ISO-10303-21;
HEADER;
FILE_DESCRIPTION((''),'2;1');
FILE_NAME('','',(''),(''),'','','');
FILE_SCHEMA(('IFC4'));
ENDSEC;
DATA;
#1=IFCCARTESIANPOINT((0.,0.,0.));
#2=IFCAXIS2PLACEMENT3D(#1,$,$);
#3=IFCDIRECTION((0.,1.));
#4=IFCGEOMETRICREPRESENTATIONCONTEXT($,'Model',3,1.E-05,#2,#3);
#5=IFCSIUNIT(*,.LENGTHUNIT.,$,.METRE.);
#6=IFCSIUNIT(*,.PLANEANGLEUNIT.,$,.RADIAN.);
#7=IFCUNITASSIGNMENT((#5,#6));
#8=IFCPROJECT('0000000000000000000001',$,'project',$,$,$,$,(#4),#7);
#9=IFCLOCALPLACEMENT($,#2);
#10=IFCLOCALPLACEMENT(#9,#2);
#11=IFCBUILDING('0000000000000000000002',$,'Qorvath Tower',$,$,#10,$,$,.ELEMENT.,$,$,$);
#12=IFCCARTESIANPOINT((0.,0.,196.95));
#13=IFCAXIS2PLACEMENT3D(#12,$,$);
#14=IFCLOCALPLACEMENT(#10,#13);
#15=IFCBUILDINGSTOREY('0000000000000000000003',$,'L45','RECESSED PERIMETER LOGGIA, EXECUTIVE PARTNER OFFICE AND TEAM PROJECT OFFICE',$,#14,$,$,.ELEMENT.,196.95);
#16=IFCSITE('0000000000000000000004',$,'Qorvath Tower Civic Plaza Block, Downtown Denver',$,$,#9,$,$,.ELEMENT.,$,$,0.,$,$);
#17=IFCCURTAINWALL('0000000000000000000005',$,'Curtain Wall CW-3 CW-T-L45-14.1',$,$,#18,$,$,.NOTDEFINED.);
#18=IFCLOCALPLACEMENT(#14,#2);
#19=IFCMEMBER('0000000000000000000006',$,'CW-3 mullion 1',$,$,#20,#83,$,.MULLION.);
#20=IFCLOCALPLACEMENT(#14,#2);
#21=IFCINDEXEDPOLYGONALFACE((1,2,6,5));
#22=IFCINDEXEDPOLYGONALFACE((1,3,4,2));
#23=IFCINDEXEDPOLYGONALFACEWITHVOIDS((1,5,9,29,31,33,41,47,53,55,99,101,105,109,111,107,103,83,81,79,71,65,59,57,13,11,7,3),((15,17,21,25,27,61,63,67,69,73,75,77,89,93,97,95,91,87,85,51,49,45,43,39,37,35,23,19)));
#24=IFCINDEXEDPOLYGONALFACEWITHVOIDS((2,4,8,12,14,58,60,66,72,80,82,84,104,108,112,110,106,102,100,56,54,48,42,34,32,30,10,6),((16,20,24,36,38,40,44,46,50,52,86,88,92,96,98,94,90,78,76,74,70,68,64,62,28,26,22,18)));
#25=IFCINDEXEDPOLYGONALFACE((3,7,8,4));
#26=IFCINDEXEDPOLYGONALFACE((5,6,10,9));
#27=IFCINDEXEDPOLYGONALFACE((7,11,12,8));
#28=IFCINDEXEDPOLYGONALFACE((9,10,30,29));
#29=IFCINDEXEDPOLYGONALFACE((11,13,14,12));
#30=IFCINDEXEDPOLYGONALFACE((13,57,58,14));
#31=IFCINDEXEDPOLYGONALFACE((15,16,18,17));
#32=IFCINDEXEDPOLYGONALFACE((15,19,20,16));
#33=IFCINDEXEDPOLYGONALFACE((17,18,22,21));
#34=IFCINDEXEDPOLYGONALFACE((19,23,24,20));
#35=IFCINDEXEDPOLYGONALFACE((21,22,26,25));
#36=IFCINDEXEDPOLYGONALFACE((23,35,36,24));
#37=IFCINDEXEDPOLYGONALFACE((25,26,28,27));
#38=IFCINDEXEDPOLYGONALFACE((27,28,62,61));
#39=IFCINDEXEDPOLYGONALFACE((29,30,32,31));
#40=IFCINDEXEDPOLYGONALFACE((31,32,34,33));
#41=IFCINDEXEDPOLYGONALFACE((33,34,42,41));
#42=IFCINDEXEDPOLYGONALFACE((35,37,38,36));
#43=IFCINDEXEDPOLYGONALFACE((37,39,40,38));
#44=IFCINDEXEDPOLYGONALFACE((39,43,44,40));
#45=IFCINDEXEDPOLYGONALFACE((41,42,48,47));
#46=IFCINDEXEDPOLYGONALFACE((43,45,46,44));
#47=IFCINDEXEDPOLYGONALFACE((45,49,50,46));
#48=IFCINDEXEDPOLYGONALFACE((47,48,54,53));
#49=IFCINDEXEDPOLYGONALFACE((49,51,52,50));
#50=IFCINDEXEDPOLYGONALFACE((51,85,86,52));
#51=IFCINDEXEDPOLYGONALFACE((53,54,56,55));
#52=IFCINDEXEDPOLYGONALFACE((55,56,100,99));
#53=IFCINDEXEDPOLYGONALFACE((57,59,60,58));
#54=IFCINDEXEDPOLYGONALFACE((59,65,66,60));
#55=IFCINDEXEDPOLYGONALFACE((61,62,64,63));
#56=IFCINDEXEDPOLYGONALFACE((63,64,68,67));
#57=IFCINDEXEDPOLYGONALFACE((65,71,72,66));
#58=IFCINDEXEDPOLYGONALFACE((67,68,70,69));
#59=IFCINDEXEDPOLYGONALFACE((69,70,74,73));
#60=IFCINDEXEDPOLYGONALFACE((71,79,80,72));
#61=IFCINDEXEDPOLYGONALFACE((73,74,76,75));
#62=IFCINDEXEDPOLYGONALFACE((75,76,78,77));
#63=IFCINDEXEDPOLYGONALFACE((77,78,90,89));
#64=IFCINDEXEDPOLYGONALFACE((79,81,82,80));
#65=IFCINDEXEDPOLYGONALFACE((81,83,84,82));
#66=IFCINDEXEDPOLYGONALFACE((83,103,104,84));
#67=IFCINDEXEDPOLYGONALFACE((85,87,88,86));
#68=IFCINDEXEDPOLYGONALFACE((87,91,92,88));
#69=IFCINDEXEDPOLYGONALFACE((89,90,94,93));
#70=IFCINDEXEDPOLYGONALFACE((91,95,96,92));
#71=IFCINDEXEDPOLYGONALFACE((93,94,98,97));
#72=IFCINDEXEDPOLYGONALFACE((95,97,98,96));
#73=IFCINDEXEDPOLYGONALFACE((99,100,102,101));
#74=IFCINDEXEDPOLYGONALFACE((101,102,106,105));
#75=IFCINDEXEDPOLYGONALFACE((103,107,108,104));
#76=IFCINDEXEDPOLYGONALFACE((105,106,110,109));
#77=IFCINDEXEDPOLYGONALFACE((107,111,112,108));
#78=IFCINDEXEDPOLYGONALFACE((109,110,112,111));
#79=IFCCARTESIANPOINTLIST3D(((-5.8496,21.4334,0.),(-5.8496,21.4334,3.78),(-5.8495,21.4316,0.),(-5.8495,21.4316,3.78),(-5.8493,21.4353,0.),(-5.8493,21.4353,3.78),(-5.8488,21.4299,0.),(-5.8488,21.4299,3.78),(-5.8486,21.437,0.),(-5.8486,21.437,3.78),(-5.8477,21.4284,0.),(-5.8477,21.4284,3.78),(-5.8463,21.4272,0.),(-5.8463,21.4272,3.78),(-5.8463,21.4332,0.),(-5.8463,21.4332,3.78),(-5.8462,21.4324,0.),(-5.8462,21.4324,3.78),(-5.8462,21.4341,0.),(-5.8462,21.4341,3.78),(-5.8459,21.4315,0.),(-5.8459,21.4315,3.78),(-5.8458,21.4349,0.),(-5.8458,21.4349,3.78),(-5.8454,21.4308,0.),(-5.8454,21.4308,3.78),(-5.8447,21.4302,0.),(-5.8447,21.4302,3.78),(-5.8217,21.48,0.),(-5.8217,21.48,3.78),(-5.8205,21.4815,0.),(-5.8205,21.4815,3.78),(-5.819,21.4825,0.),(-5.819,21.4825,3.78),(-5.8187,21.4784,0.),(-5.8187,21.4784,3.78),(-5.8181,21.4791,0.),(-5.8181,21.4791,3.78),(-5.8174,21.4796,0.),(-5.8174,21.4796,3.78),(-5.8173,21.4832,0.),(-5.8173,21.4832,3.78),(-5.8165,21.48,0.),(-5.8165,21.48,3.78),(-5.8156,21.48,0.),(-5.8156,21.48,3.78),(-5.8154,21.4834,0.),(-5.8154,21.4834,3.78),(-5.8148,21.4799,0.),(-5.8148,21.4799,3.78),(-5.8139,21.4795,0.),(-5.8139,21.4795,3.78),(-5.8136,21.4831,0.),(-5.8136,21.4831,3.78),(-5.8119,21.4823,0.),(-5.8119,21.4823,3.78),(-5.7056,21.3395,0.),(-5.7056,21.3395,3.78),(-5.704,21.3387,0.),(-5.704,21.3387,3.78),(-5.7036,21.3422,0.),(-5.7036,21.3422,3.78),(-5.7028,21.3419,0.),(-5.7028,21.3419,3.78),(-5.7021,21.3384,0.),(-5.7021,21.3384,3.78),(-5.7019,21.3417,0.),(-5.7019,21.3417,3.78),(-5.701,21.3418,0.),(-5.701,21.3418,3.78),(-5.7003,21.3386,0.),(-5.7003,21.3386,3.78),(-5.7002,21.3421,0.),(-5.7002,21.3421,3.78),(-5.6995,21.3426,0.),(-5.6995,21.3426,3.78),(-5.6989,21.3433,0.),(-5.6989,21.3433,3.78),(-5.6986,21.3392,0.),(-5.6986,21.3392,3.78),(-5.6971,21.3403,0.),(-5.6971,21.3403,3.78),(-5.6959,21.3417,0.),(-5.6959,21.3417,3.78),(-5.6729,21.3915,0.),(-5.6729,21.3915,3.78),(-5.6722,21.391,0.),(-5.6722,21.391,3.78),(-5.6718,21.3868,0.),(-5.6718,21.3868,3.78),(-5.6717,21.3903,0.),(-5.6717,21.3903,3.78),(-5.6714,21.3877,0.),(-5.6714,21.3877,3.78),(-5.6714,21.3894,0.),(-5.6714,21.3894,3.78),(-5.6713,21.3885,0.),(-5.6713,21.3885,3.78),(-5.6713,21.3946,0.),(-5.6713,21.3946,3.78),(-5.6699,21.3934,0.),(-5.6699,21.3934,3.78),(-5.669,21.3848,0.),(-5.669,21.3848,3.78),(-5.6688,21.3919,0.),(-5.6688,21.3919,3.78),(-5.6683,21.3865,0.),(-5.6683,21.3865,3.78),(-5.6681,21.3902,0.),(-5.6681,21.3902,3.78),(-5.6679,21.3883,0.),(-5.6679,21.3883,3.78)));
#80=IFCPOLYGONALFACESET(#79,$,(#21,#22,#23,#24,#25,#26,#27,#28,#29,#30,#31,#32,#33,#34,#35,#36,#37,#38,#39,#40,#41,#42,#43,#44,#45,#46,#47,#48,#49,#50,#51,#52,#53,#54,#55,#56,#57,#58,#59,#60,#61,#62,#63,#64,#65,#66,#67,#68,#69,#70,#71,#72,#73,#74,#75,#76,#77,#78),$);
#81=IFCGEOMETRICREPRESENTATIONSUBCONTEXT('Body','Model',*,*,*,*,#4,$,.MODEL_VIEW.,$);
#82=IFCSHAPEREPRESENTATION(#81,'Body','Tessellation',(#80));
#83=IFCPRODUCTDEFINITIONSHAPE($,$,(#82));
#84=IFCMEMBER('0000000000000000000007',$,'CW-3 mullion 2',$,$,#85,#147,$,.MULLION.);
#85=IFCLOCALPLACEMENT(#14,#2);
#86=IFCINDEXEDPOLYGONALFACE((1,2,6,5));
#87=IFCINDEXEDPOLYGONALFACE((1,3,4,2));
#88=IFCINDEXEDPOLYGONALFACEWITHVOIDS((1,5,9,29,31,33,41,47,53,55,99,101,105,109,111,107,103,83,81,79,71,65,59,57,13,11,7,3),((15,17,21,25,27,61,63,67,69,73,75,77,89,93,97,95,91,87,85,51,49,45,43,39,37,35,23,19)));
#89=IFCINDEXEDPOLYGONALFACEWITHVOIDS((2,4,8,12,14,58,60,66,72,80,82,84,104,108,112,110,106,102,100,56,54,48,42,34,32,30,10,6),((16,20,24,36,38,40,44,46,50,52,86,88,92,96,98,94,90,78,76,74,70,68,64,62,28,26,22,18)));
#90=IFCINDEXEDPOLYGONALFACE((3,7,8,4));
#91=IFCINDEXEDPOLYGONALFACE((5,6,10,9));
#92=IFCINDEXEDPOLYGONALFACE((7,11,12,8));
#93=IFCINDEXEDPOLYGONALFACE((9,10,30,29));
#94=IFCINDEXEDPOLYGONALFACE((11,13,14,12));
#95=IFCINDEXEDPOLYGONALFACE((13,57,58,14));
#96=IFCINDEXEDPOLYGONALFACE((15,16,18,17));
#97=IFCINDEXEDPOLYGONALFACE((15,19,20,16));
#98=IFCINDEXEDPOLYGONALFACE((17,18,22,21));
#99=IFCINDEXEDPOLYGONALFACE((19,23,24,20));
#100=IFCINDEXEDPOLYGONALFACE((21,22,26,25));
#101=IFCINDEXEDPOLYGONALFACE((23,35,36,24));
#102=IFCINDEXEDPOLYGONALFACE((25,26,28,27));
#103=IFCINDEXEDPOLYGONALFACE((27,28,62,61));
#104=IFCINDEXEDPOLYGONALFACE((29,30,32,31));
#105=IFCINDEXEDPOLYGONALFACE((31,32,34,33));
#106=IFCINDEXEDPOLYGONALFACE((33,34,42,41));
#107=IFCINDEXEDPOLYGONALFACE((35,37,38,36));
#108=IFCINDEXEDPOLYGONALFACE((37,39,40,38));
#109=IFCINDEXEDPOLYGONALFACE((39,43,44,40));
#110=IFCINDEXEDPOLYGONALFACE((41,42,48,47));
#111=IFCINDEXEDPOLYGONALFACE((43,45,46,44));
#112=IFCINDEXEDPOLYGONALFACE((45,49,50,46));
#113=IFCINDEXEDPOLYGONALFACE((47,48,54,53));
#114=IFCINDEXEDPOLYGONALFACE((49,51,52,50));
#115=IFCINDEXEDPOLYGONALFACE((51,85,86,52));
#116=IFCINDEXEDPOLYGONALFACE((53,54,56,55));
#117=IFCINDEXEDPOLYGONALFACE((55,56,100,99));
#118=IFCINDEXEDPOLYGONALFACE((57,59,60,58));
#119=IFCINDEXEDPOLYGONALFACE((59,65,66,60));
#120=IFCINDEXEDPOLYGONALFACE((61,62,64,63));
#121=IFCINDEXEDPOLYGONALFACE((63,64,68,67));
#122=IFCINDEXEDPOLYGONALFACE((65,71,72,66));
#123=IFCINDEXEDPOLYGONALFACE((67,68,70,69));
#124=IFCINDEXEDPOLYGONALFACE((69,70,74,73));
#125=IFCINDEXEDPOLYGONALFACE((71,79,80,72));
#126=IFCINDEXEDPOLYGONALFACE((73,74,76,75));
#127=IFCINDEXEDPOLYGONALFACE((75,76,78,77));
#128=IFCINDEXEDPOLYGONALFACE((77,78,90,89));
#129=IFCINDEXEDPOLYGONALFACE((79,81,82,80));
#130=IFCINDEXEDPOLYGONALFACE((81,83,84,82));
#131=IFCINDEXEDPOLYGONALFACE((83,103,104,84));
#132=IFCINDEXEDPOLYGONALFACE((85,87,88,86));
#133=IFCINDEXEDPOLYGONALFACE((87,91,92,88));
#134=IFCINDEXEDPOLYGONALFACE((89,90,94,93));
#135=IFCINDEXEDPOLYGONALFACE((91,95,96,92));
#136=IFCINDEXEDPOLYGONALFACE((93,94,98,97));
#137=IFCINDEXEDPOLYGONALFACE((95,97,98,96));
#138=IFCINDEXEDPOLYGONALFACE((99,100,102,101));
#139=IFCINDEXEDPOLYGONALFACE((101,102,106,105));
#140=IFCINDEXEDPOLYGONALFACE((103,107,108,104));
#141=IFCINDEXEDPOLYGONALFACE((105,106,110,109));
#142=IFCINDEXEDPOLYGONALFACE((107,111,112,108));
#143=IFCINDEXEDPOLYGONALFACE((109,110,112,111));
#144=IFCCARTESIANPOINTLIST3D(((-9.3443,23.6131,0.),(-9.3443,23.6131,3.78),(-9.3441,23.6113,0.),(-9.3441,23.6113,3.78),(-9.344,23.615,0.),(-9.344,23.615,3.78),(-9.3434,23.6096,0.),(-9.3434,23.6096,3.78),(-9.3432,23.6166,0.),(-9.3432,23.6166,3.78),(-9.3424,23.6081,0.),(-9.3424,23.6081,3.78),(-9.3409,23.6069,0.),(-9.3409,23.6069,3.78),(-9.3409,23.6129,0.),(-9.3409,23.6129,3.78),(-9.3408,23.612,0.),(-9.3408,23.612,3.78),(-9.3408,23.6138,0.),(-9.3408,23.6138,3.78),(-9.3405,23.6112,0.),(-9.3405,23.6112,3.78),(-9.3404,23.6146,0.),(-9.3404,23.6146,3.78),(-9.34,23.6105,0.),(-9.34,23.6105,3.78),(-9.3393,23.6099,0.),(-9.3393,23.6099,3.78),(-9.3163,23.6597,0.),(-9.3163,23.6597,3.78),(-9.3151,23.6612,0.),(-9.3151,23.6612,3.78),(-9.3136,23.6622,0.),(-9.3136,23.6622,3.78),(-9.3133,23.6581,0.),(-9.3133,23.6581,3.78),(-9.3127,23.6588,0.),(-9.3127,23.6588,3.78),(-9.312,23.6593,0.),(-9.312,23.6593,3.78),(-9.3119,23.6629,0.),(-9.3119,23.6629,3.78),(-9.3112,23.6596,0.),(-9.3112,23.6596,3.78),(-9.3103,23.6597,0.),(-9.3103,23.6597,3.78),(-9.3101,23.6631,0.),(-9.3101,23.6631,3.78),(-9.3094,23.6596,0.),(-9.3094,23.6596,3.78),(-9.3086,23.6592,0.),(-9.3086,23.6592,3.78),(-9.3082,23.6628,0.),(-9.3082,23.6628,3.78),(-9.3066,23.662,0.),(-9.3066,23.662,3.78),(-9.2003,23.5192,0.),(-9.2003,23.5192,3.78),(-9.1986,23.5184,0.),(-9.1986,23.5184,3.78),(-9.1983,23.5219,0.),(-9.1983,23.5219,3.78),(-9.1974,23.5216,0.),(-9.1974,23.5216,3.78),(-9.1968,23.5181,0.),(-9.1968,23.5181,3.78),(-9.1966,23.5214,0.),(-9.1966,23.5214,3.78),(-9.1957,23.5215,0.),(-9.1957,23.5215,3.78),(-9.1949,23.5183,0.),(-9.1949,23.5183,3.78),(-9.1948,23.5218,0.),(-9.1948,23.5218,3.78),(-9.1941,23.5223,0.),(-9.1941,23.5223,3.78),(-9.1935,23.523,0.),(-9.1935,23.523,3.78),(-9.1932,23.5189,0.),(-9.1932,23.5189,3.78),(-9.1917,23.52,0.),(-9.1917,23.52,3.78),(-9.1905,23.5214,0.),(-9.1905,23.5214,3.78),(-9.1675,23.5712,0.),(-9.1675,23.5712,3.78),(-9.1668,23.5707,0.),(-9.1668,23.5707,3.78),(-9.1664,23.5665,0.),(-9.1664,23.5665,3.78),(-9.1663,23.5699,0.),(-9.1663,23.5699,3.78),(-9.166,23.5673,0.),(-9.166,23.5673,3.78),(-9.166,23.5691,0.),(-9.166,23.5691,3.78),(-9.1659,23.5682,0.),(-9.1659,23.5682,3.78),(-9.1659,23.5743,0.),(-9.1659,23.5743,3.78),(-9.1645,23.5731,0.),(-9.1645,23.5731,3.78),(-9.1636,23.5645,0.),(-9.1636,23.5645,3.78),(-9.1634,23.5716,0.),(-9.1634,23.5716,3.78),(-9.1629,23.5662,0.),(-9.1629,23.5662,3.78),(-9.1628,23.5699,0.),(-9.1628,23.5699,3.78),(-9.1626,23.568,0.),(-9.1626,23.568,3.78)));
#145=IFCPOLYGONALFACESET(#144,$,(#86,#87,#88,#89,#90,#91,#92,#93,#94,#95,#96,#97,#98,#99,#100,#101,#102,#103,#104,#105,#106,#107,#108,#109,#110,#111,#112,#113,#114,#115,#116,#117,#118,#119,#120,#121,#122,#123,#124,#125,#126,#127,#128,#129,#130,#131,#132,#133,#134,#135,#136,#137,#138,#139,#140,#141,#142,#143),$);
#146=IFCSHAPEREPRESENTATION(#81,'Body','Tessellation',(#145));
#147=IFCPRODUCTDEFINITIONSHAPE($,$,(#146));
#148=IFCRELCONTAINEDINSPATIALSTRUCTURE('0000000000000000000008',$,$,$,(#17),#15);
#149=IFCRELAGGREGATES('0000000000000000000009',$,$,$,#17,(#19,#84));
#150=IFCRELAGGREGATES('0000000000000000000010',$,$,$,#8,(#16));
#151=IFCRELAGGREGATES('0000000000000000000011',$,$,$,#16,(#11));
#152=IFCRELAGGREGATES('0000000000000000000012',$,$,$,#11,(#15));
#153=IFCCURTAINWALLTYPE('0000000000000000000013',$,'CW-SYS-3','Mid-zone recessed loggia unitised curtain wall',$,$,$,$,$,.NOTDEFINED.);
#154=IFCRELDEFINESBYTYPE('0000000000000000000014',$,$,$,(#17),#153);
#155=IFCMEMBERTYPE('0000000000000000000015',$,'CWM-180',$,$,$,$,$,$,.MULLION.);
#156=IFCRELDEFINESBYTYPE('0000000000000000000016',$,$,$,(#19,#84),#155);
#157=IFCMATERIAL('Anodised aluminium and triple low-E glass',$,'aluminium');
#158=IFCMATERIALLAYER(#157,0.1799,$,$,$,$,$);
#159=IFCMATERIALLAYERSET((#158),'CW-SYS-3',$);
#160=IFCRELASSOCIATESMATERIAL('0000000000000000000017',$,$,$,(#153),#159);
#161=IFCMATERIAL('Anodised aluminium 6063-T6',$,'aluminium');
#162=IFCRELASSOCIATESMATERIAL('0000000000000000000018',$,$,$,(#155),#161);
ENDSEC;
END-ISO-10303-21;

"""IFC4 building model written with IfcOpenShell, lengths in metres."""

from ifc_helpers import new_model, si_unit, direction, frame, origin, origin_2d, place, context, subcontext, project, spatial, hollow_rectangle, extrude, material, layer, layer_set, material_profile, profile_set, type_object, element, aggregate, save


model = new_model("IFC4")

# Units and contexts
model_context = context("Model", 3, precision=1e-05, world=origin(), true_north=direction((0.0, 1.0)))
body_context = subcontext(model_context, "Body", "Model", "MODEL_VIEW")
ifc_project = project(units=[si_unit("LENGTHUNIT", "METRE"), si_unit("PLANEANGLEUNIT", "RADIAN")], contexts=[model_context])

# Site, building, storey
site_placement = place(None, origin())
site = spatial("IfcSite", under=ifc_project, at=site_placement, Name="Qorvath Tower Civic Plaza Block, Downtown Denver", CompositionType="ELEMENT", RefElevation=0.0)
building_placement = place(site_placement, origin())
building = spatial("IfcBuilding", under=site, at=building_placement, Name="Qorvath Tower", CompositionType="ELEMENT")
storey_placement = place(building_placement, frame((0.0, 0.0, 196.95)))
storey = spatial("IfcBuildingStorey", under=building, at=storey_placement, Name="L45", Description="RECESSED PERIMETER LOGGIA, EXECUTIVE PARTNER OFFICE AND TEAM PROJECT OFFICE", CompositionType="ELEMENT", Elevation=196.95)

# Shared definitions
ifc_material_1 = material(Name="Anodised aluminium and triple low-E glass", Category="aluminium")
ifc_layer_1 = layer(ifc_material_1, 0.1799)
ifc_layer_set_1 = layer_set([ifc_layer_1], Name="CW-SYS-3")
curtain_wall_type = type_object("IfcCurtainWallType", Name="CW-SYS-3", Description="Mid-zone recessed loggia unitised curtain wall", PredefinedType="NOTDEFINED", material=ifc_layer_set_1)
ifc_material_2 = material(Name="Anodised aluminium 6063-T6", Category="aluminium")
ifc_material_profile_1 = material_profile(ifc_material_2, hollow_rectangle(XDim=0.0649, YDim=0.1799, WallThickness=0.0034, InnerFilletRadius=0.0034, OuterFilletRadius=0.0071, at=origin_2d()), Name="CWM 180x65")
ifc_profile_set_1 = profile_set([ifc_material_profile_1], Name="Anodised aluminium 6063-T6")
member_type_1 = type_object("IfcMemberType", Name="CWM-180", PredefinedType="MULLION", material=ifc_profile_set_1)

# Curtain wall, members
curtain_wall_1_placement = place(storey_placement, origin())
curtain_wall_1 = element("IfcCurtainWall", 1, at=curtain_wall_1_placement, inside=storey, type_object=curtain_wall_type, Name="Curtain Wall CW-3 CW-T-L45-14.1", PredefinedType="NOTDEFINED")
member_1_placement = place(storey_placement, frame((-5.7588, 21.4109, 0.0), z_axis=(0.0, 0.0, 1.0), x_axis=(-0.529206, -0.848493, 0.0)))
member_1 = element("IfcMember", 2, at=member_1_placement, type_object=member_type_1, Name="CW-3 mullion 1", PredefinedType="MULLION", context=body_context, shape_type="SweptSolid", body=[
    extrude(hollow_rectangle(XDim=0.0649, YDim=0.1799, WallThickness=0.0034, InnerFilletRadius=0.0034, OuterFilletRadius=0.0071, at=origin_2d()), origin(), (0.0, 0.0, 1.0), 3.78),
])
member_2_placement = place(storey_placement, frame((-9.2534, 23.5906, 0.0), z_axis=(0.0, 0.0, 1.0), x_axis=(-0.529206, -0.848493, 0.0)))
member_2 = element("IfcMember", 3, at=member_2_placement, type_object=member_type_1, Name="CW-3 mullion 2", PredefinedType="MULLION", context=body_context, shape_type="SweptSolid", body=[
    extrude(hollow_rectangle(XDim=0.0649, YDim=0.1799, WallThickness=0.0034, InnerFilletRadius=0.0034, OuterFilletRadius=0.0071, at=origin_2d()), origin(), (0.0, 0.0, 1.0), 3.78),
])

aggregate(curtain_wall_1, [member_1, member_2])

save(model, "model.ifc")
